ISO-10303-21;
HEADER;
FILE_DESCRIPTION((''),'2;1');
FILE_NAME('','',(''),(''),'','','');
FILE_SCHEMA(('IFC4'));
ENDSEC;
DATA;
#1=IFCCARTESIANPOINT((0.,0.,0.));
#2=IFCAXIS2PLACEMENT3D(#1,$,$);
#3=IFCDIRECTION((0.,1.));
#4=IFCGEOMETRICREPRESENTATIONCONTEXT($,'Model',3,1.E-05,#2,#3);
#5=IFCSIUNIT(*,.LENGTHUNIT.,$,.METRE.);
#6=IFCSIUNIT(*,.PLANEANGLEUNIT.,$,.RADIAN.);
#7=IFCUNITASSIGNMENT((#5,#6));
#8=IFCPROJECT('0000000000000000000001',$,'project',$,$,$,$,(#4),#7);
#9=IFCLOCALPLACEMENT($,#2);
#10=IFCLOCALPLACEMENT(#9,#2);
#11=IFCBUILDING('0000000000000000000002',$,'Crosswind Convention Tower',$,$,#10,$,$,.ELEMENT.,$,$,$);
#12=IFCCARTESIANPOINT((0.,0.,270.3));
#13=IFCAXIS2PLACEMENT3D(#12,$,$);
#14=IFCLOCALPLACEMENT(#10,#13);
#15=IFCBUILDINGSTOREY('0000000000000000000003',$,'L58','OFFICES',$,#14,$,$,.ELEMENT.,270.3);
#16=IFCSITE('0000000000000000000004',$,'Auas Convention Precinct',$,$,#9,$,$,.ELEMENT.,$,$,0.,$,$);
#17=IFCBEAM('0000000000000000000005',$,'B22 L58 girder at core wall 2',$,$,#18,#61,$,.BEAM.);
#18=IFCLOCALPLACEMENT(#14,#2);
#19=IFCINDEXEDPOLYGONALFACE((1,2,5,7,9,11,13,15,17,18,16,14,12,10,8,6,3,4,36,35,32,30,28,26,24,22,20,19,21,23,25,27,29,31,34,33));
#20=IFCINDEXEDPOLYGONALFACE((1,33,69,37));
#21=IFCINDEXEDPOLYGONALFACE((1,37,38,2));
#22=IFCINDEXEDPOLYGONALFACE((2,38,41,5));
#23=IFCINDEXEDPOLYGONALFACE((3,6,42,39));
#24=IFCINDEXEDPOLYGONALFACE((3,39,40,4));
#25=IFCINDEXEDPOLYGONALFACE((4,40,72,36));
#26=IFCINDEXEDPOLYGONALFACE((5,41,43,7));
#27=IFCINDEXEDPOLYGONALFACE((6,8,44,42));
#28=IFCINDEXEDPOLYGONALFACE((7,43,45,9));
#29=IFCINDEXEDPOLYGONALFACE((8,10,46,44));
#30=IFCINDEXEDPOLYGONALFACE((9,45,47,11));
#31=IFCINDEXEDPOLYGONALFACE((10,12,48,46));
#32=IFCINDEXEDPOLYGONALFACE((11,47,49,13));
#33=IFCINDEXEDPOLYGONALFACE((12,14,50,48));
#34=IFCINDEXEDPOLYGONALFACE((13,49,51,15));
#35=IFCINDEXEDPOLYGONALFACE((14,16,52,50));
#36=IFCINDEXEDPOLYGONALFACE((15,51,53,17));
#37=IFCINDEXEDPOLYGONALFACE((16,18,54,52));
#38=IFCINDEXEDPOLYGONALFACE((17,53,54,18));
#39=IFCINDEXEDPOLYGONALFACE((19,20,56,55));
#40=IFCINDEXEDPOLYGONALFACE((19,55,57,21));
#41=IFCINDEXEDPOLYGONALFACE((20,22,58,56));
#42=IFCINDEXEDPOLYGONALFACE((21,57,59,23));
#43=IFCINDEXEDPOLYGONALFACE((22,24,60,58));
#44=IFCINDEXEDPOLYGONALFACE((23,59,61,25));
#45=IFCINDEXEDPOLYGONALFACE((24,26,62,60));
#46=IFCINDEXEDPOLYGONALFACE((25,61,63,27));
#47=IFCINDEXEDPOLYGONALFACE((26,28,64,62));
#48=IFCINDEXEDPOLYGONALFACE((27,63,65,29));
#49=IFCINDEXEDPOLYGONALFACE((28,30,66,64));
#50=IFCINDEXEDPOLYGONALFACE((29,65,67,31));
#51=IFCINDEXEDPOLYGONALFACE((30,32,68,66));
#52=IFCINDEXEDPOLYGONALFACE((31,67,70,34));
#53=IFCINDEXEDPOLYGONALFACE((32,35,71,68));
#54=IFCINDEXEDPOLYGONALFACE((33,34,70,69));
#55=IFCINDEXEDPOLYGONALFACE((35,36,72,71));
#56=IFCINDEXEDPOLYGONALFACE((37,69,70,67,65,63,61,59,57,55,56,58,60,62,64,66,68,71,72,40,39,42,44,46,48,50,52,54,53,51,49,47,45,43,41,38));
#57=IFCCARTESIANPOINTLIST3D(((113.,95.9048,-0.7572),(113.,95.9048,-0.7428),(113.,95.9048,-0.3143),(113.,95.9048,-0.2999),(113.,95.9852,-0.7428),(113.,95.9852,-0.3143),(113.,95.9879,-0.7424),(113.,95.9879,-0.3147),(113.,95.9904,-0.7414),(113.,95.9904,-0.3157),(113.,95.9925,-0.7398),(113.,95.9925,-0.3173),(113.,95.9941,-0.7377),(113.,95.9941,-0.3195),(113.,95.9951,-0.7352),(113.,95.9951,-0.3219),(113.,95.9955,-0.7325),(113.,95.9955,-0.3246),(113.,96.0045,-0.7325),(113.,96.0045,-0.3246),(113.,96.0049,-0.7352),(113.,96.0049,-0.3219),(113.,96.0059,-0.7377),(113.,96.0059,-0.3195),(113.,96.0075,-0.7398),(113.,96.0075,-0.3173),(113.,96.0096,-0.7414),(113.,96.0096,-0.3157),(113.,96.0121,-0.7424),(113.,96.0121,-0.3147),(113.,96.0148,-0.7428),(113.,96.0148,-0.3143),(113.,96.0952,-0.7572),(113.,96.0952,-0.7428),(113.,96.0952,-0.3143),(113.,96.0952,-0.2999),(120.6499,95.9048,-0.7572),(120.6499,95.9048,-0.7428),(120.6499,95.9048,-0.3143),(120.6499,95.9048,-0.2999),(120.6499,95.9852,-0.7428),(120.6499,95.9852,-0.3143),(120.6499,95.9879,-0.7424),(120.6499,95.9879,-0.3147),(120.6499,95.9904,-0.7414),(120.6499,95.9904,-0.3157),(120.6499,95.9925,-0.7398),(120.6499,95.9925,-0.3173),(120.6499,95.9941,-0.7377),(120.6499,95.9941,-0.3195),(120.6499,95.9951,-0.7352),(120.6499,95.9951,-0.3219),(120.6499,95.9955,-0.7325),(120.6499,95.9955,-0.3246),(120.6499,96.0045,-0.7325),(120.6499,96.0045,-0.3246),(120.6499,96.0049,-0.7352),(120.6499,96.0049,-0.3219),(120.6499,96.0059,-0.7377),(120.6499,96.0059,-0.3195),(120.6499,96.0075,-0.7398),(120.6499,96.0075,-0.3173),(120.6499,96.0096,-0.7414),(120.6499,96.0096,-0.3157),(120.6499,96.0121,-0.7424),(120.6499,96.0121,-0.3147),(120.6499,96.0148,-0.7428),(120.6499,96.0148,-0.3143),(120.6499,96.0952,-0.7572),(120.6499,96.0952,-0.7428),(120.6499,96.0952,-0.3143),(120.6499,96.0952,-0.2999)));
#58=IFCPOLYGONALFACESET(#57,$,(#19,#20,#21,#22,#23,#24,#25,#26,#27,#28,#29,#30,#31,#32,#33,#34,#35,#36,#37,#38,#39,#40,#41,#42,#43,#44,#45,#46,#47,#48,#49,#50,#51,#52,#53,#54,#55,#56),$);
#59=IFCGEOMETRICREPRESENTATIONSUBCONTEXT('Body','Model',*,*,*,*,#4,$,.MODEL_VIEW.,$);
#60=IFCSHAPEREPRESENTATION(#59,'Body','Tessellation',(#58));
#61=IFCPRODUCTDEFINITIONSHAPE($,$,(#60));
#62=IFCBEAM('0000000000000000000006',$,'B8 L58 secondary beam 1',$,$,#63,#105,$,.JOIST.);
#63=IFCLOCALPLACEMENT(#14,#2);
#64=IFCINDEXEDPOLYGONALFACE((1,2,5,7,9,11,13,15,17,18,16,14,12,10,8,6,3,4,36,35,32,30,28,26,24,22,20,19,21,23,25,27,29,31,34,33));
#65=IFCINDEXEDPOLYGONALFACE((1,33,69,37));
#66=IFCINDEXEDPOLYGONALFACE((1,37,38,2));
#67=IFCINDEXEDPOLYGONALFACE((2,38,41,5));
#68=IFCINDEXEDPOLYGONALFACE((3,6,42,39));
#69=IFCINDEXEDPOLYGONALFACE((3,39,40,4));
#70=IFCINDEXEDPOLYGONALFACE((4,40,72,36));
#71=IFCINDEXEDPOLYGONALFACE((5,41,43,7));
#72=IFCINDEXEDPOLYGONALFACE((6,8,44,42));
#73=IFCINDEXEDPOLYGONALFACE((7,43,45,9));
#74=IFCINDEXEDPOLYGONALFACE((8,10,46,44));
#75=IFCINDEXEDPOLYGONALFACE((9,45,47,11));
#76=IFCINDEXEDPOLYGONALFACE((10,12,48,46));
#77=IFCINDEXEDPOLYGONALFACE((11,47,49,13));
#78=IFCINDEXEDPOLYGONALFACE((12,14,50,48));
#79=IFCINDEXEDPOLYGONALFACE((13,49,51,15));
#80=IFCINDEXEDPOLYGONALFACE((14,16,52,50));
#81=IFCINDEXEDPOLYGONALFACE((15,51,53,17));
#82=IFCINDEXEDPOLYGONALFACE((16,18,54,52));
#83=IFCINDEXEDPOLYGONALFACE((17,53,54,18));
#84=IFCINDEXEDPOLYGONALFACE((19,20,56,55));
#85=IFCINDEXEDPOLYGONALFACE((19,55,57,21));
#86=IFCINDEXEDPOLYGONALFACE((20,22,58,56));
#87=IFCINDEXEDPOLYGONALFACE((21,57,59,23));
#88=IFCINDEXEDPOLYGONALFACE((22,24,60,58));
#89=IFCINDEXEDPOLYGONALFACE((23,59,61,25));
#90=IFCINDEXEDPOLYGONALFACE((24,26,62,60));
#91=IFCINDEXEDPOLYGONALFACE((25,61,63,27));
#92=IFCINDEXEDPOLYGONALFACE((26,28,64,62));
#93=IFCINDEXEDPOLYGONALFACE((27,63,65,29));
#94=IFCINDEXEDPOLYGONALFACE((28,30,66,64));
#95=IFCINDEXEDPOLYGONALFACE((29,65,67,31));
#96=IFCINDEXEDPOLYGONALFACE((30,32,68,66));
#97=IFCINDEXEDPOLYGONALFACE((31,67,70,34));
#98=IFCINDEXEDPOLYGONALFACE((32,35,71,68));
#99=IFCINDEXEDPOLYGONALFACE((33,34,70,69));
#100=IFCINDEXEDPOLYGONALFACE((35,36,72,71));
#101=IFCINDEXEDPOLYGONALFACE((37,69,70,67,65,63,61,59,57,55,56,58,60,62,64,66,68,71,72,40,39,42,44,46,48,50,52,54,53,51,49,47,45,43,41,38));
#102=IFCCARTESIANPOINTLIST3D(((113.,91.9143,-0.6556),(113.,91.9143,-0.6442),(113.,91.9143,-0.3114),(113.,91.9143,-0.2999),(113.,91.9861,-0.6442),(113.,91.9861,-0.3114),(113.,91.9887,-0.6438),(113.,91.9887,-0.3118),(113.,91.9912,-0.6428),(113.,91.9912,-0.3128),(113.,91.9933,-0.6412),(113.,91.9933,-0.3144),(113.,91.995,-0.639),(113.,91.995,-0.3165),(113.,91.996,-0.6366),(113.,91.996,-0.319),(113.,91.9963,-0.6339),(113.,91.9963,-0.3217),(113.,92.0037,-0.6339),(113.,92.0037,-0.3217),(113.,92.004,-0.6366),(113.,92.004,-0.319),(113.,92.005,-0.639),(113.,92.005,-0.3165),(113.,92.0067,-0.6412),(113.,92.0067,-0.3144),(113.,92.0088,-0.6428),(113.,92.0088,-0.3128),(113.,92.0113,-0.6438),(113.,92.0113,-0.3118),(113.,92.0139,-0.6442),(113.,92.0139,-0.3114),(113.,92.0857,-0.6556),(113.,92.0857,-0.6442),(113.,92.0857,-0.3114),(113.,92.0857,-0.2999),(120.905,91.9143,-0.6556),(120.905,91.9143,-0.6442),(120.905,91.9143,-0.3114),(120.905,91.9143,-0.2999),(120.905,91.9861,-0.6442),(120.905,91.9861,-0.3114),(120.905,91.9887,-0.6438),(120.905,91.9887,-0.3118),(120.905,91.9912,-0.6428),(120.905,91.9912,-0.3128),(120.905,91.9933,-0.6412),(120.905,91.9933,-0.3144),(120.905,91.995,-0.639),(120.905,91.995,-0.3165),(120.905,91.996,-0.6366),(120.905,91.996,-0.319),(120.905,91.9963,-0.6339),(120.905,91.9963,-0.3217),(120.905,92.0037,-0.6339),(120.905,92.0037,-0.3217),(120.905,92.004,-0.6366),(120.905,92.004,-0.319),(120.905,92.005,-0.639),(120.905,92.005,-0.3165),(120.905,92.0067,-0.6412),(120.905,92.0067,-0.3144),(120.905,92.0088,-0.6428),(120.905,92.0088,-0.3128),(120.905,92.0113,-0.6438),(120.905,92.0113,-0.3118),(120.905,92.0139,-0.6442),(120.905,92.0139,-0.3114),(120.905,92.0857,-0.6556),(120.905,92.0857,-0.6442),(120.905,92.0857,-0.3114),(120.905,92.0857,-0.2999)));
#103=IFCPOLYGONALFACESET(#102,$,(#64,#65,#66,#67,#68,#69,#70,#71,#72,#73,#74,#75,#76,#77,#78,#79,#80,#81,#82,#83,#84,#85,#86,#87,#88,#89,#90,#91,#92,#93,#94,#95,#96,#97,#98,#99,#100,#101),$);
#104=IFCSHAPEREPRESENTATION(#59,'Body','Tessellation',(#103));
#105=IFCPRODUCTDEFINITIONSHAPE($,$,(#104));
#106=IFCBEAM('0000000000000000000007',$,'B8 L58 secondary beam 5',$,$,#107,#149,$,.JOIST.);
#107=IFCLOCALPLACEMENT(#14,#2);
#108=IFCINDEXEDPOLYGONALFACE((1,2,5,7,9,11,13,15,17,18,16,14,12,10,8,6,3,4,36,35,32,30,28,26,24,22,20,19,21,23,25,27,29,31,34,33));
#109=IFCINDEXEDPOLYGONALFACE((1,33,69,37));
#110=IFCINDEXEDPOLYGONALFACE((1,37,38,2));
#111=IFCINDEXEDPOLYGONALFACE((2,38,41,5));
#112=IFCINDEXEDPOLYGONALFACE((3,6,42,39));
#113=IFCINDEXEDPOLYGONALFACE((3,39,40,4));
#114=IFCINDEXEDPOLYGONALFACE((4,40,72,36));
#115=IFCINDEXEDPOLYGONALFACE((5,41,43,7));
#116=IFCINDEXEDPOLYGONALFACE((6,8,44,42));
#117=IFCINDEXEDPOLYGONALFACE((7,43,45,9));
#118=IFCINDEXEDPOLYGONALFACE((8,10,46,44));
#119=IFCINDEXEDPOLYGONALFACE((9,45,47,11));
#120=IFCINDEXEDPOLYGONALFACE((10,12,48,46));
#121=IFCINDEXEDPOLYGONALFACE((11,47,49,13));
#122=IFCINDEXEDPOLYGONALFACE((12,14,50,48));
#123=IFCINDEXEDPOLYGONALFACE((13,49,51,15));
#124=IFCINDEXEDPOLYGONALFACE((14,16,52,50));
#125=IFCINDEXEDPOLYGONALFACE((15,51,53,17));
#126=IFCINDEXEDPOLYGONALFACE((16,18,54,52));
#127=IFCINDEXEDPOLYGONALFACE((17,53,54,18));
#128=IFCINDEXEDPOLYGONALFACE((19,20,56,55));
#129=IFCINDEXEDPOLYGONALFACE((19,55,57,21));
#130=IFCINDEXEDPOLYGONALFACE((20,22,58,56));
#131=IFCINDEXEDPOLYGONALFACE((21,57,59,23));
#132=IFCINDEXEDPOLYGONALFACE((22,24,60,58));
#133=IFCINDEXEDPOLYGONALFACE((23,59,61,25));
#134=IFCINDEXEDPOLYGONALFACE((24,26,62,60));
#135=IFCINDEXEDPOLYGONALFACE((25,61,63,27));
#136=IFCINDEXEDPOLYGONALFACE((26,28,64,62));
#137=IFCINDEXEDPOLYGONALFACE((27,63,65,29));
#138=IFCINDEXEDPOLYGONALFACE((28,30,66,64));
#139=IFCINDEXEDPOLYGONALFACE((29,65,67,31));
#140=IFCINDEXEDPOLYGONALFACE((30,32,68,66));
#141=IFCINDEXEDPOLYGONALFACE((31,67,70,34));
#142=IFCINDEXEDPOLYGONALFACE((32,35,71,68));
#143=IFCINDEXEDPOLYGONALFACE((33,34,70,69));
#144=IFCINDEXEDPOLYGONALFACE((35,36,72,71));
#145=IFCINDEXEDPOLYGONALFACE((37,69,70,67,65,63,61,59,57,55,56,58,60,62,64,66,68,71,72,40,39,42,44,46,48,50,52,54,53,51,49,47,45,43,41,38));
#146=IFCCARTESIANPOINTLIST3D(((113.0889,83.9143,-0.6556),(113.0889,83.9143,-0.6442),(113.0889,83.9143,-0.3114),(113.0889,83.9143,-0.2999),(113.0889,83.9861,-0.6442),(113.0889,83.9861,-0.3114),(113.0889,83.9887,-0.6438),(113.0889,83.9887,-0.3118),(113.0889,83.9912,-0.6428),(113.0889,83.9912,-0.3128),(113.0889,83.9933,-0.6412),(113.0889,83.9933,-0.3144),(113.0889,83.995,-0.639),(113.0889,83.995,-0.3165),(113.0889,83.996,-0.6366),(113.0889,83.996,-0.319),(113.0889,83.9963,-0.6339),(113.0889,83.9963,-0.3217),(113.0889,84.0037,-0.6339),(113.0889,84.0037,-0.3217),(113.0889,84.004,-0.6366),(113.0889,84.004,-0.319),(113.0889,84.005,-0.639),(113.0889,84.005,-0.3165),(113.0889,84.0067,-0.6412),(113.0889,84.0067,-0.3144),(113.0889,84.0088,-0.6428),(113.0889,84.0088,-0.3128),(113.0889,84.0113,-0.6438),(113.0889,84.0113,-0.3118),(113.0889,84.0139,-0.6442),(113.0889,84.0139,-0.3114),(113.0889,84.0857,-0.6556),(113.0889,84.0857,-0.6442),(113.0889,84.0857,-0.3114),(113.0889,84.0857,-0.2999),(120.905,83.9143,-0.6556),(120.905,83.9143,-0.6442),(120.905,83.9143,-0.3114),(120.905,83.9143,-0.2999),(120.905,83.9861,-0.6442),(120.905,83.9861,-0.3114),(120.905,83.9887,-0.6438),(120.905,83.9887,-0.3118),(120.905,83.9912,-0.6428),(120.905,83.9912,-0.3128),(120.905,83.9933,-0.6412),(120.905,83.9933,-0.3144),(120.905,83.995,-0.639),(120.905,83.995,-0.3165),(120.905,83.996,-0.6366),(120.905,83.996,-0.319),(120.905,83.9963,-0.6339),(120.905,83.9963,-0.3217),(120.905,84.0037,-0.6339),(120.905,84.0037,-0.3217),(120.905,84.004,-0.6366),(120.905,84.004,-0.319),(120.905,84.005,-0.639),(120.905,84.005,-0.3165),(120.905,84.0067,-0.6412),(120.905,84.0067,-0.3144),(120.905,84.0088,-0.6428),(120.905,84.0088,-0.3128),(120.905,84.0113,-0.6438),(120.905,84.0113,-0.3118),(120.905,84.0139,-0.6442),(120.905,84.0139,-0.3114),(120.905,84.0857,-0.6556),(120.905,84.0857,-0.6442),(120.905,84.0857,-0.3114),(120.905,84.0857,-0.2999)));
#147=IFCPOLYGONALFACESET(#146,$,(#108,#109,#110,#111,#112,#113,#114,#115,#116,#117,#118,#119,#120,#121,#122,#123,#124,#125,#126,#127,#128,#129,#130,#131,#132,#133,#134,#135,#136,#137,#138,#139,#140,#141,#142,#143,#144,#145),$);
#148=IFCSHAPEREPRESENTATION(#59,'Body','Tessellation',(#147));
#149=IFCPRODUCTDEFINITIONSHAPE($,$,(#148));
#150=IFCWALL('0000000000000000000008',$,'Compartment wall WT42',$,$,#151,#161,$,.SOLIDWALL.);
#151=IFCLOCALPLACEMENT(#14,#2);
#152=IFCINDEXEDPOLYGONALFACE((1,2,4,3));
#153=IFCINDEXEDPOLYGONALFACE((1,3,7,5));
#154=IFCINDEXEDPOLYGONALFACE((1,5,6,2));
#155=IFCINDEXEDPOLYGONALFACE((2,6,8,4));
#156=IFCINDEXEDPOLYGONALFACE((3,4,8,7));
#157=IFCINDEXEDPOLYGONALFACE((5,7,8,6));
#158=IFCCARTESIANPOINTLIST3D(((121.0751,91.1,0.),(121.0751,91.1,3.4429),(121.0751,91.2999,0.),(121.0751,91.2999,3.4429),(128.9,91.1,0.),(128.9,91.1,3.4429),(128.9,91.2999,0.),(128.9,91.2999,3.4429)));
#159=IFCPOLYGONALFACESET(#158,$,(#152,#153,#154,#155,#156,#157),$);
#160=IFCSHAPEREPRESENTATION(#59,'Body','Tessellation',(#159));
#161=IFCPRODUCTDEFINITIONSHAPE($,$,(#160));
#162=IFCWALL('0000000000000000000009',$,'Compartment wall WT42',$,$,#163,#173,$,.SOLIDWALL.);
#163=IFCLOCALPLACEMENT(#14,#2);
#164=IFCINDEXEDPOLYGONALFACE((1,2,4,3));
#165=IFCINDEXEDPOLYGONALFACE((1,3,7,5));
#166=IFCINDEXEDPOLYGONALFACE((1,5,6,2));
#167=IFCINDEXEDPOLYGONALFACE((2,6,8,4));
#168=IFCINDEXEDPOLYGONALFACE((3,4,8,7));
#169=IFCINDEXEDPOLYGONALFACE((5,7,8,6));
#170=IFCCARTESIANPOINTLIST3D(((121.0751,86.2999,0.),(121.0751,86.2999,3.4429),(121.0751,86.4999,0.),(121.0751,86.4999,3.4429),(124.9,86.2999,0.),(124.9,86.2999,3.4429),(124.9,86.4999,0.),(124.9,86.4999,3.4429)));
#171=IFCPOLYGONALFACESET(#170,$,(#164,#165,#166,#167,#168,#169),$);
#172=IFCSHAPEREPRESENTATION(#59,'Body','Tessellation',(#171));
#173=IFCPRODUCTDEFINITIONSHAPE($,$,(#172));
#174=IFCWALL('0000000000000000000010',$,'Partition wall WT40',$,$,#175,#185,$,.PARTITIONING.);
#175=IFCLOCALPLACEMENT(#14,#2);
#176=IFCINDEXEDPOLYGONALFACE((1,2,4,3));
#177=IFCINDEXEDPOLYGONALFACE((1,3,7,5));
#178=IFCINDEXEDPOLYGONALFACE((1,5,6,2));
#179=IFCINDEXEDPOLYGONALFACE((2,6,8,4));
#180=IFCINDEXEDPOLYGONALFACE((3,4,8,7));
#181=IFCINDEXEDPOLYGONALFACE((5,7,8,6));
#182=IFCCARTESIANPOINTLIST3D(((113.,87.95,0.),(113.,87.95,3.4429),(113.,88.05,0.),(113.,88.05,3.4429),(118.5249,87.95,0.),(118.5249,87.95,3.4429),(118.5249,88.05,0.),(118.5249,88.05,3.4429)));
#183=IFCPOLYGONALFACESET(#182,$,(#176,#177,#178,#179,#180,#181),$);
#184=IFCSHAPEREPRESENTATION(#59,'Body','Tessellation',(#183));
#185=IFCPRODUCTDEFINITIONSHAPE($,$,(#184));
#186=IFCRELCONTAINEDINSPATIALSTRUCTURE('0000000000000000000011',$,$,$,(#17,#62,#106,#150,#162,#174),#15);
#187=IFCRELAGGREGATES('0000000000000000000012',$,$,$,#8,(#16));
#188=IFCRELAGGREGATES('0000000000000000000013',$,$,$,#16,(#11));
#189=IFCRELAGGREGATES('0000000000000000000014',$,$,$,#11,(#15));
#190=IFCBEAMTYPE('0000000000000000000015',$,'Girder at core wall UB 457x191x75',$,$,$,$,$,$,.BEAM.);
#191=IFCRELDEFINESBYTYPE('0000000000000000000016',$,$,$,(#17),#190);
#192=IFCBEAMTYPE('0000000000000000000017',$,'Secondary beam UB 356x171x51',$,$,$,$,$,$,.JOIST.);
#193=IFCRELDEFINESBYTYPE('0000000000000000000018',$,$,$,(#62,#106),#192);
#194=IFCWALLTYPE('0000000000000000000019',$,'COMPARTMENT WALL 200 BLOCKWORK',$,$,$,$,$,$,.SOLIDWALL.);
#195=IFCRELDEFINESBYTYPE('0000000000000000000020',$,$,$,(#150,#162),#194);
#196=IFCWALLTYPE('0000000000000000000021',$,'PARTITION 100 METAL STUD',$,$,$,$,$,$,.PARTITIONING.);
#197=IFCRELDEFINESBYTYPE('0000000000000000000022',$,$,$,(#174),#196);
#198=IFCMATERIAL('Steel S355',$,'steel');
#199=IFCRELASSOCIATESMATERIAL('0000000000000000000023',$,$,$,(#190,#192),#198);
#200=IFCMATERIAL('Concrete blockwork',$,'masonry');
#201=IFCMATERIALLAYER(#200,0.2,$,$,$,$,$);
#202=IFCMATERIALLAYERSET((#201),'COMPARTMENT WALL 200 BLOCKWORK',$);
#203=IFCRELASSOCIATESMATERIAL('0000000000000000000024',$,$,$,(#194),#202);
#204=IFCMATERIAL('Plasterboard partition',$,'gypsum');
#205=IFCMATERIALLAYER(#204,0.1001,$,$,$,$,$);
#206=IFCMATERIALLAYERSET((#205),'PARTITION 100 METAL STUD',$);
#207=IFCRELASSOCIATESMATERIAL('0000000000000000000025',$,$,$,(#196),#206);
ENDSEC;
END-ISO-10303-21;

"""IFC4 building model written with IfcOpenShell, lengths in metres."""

from ifc_helpers import new_model, si_unit, direction, frame, frame_2d, origin, origin_2d, place, context, subcontext, project, spatial, rectangle, i_section, extrude, material, layer, layer_set, material_profile, profile_set, type_object, element, save


model = new_model("IFC4")

# Units and contexts
model_context = context("Model", 3, precision=1e-05, world=origin(), true_north=direction((0.0, 1.0)))
body_context = subcontext(model_context, "Body", "Model", "MODEL_VIEW")
ifc_project = project(units=[si_unit("LENGTHUNIT", "METRE"), si_unit("PLANEANGLEUNIT", "RADIAN")], contexts=[model_context])

# Site, building, storey
site_placement = place(None, origin())
site = spatial("IfcSite", under=ifc_project, at=site_placement, Name="Auas Convention Precinct", CompositionType="ELEMENT", RefElevation=0.0)
building_placement = place(site_placement, origin())
building = spatial("IfcBuilding", under=site, at=building_placement, Name="Crosswind Convention Tower", CompositionType="ELEMENT")
storey_placement = place(building_placement, frame((0.0, 0.0, 270.3)))
storey = spatial("IfcBuildingStorey", under=building, at=storey_placement, Name="L58", Description="OFFICES", CompositionType="ELEMENT", Elevation=270.3)

# Beams
ifc_material_1 = material(Name="Steel S355", Category="steel")
ifc_material_profile_1 = material_profile(ifc_material_1, i_section(OverallWidth=0.1904, OverallDepth=0.4573, WebThickness=0.009, FlangeThickness=0.0144, FilletRadius=0.0103, at=origin_2d()), Name="UB 457x191x75")
ifc_profile_set_1 = profile_set([ifc_material_profile_1], Name="Steel S355")
beam_type_1 = type_object("IfcBeamType", Name="Girder at core wall UB 457x191x75", PredefinedType="BEAM", material=ifc_profile_set_1)
for number, where, z_axis, x_axis, name in (
    (1, (113.0, 96.0, -0.5286), (1.0, 0.0, 0.0), (0.0, 1.0, 0.0), "B22 L58 girder at core wall 2"),
):
    element("IfcBeam", number, at=place(storey_placement, frame(where, z_axis=z_axis, x_axis=x_axis)), inside=storey, type_object=beam_type_1, Name=name, PredefinedType="BEAM", context=body_context, shape_type="SweptSolid", body=[
        extrude(i_section(OverallWidth=0.1904, OverallDepth=0.4573, WebThickness=0.009, FlangeThickness=0.0144, FilletRadius=0.0103, at=origin_2d()), origin(), (0.0, 0.0, 1.0), 7.6499),
    ])
ifc_material_profile_2 = material_profile(ifc_material_1, i_section(OverallWidth=0.1714, OverallDepth=0.3557, WebThickness=0.0073, FlangeThickness=0.0115, FilletRadius=0.0103, at=origin_2d()), Name="UB 356x171x51")
ifc_profile_set_2 = profile_set([ifc_material_profile_2], Name="Steel S355")
beam_type_2 = type_object("IfcBeamType", Name="Secondary beam UB 356x171x51", PredefinedType="JOIST", material=ifc_profile_set_2)
beam_1_placement = place(storey_placement, frame((113.0, 92.0, -0.4778), z_axis=(1.0, 0.0, 0.0), x_axis=(0.0, 1.0, 0.0)))
element("IfcBeam", 2, at=beam_1_placement, inside=storey, type_object=beam_type_2, Name="B8 L58 secondary beam 1", PredefinedType="JOIST", context=body_context, shape_type="SweptSolid", body=[
    extrude(i_section(OverallWidth=0.1714, OverallDepth=0.3557, WebThickness=0.0073, FlangeThickness=0.0115, FilletRadius=0.0103, at=origin_2d()), origin(), (0.0, 0.0, 1.0), 7.905),
])
beam_2_placement = place(storey_placement, frame((113.0889, 84.0, -0.4778), z_axis=(1.0, 0.0, 0.0), x_axis=(0.0, 1.0, 0.0)))
element("IfcBeam", 3, at=beam_2_placement, inside=storey, type_object=beam_type_2, Name="B8 L58 secondary beam 5", PredefinedType="JOIST", context=body_context, shape_type="SweptSolid", body=[
    extrude(i_section(OverallWidth=0.1714, OverallDepth=0.3557, WebThickness=0.0073, FlangeThickness=0.0115, FilletRadius=0.0103, at=origin_2d()), origin(), (0.0, 0.0, 1.0), 7.8162),
])

# Walls
ifc_material_2 = material(Name="Concrete blockwork", Category="masonry")
ifc_layer_1 = layer(ifc_material_2, 0.2)
ifc_layer_set_1 = layer_set([ifc_layer_1], Name="COMPARTMENT WALL 200 BLOCKWORK")
wall_type_1 = type_object("IfcWallType", Name="COMPARTMENT WALL 200 BLOCKWORK", PredefinedType="SOLIDWALL", material=ifc_layer_set_1)
wall_1_placement = place(storey_placement, frame((121.075, 91.2, 0.0), z_axis=(0.0, 0.0, 1.0), x_axis=(1.0, 0.0, 0.0)))
element("IfcWall", 4, at=wall_1_placement, inside=storey, type_object=wall_type_1, Name="Compartment wall WT42", PredefinedType="SOLIDWALL", context=body_context, shape_type="SweptSolid", body=[
    extrude(rectangle(XDim=7.825, YDim=0.2, at=frame_2d((3.9126, 0.0))), origin(), (0.0, 0.0, 1.0), 3.4429),
])
wall_2_placement = place(storey_placement, frame((121.075, 86.3999, 0.0), z_axis=(0.0, 0.0, 1.0), x_axis=(1.0, 0.0, 0.0)))
element("IfcWall", 5, at=wall_2_placement, inside=storey, type_object=wall_type_1, Name="Compartment wall WT42", PredefinedType="SOLIDWALL", context=body_context, shape_type="SweptSolid", body=[
    extrude(rectangle(XDim=3.825, YDim=0.2, at=frame_2d((1.9126, 0.0))), origin(), (0.0, 0.0, 1.0), 3.4429),
])
ifc_material_3 = material(Name="Plasterboard partition", Category="gypsum")
ifc_layer_2 = layer(ifc_material_3, 0.1001)
ifc_layer_set_2 = layer_set([ifc_layer_2], Name="PARTITION 100 METAL STUD")
wall_type_2 = type_object("IfcWallType", Name="PARTITION 100 METAL STUD", PredefinedType="PARTITIONING", material=ifc_layer_set_2)
for number, where, z_axis, x_axis, name in (
    (6, (113.0, 88.0, 0.0), (0.0, 0.0, 1.0), (1.0, 0.0, 0.0), "Partition wall WT40"),
):
    element("IfcWall", number, at=place(storey_placement, frame(where, z_axis=z_axis, x_axis=x_axis)), inside=storey, type_object=wall_type_2, Name=name, PredefinedType="PARTITIONING", context=body_context, shape_type="SweptSolid", body=[
        extrude(rectangle(XDim=5.5249, YDim=0.1001, at=frame_2d((2.7625, 0.0))), origin(), (0.0, 0.0, 1.0), 3.4429),
    ])

save(model, "model.ifc")
